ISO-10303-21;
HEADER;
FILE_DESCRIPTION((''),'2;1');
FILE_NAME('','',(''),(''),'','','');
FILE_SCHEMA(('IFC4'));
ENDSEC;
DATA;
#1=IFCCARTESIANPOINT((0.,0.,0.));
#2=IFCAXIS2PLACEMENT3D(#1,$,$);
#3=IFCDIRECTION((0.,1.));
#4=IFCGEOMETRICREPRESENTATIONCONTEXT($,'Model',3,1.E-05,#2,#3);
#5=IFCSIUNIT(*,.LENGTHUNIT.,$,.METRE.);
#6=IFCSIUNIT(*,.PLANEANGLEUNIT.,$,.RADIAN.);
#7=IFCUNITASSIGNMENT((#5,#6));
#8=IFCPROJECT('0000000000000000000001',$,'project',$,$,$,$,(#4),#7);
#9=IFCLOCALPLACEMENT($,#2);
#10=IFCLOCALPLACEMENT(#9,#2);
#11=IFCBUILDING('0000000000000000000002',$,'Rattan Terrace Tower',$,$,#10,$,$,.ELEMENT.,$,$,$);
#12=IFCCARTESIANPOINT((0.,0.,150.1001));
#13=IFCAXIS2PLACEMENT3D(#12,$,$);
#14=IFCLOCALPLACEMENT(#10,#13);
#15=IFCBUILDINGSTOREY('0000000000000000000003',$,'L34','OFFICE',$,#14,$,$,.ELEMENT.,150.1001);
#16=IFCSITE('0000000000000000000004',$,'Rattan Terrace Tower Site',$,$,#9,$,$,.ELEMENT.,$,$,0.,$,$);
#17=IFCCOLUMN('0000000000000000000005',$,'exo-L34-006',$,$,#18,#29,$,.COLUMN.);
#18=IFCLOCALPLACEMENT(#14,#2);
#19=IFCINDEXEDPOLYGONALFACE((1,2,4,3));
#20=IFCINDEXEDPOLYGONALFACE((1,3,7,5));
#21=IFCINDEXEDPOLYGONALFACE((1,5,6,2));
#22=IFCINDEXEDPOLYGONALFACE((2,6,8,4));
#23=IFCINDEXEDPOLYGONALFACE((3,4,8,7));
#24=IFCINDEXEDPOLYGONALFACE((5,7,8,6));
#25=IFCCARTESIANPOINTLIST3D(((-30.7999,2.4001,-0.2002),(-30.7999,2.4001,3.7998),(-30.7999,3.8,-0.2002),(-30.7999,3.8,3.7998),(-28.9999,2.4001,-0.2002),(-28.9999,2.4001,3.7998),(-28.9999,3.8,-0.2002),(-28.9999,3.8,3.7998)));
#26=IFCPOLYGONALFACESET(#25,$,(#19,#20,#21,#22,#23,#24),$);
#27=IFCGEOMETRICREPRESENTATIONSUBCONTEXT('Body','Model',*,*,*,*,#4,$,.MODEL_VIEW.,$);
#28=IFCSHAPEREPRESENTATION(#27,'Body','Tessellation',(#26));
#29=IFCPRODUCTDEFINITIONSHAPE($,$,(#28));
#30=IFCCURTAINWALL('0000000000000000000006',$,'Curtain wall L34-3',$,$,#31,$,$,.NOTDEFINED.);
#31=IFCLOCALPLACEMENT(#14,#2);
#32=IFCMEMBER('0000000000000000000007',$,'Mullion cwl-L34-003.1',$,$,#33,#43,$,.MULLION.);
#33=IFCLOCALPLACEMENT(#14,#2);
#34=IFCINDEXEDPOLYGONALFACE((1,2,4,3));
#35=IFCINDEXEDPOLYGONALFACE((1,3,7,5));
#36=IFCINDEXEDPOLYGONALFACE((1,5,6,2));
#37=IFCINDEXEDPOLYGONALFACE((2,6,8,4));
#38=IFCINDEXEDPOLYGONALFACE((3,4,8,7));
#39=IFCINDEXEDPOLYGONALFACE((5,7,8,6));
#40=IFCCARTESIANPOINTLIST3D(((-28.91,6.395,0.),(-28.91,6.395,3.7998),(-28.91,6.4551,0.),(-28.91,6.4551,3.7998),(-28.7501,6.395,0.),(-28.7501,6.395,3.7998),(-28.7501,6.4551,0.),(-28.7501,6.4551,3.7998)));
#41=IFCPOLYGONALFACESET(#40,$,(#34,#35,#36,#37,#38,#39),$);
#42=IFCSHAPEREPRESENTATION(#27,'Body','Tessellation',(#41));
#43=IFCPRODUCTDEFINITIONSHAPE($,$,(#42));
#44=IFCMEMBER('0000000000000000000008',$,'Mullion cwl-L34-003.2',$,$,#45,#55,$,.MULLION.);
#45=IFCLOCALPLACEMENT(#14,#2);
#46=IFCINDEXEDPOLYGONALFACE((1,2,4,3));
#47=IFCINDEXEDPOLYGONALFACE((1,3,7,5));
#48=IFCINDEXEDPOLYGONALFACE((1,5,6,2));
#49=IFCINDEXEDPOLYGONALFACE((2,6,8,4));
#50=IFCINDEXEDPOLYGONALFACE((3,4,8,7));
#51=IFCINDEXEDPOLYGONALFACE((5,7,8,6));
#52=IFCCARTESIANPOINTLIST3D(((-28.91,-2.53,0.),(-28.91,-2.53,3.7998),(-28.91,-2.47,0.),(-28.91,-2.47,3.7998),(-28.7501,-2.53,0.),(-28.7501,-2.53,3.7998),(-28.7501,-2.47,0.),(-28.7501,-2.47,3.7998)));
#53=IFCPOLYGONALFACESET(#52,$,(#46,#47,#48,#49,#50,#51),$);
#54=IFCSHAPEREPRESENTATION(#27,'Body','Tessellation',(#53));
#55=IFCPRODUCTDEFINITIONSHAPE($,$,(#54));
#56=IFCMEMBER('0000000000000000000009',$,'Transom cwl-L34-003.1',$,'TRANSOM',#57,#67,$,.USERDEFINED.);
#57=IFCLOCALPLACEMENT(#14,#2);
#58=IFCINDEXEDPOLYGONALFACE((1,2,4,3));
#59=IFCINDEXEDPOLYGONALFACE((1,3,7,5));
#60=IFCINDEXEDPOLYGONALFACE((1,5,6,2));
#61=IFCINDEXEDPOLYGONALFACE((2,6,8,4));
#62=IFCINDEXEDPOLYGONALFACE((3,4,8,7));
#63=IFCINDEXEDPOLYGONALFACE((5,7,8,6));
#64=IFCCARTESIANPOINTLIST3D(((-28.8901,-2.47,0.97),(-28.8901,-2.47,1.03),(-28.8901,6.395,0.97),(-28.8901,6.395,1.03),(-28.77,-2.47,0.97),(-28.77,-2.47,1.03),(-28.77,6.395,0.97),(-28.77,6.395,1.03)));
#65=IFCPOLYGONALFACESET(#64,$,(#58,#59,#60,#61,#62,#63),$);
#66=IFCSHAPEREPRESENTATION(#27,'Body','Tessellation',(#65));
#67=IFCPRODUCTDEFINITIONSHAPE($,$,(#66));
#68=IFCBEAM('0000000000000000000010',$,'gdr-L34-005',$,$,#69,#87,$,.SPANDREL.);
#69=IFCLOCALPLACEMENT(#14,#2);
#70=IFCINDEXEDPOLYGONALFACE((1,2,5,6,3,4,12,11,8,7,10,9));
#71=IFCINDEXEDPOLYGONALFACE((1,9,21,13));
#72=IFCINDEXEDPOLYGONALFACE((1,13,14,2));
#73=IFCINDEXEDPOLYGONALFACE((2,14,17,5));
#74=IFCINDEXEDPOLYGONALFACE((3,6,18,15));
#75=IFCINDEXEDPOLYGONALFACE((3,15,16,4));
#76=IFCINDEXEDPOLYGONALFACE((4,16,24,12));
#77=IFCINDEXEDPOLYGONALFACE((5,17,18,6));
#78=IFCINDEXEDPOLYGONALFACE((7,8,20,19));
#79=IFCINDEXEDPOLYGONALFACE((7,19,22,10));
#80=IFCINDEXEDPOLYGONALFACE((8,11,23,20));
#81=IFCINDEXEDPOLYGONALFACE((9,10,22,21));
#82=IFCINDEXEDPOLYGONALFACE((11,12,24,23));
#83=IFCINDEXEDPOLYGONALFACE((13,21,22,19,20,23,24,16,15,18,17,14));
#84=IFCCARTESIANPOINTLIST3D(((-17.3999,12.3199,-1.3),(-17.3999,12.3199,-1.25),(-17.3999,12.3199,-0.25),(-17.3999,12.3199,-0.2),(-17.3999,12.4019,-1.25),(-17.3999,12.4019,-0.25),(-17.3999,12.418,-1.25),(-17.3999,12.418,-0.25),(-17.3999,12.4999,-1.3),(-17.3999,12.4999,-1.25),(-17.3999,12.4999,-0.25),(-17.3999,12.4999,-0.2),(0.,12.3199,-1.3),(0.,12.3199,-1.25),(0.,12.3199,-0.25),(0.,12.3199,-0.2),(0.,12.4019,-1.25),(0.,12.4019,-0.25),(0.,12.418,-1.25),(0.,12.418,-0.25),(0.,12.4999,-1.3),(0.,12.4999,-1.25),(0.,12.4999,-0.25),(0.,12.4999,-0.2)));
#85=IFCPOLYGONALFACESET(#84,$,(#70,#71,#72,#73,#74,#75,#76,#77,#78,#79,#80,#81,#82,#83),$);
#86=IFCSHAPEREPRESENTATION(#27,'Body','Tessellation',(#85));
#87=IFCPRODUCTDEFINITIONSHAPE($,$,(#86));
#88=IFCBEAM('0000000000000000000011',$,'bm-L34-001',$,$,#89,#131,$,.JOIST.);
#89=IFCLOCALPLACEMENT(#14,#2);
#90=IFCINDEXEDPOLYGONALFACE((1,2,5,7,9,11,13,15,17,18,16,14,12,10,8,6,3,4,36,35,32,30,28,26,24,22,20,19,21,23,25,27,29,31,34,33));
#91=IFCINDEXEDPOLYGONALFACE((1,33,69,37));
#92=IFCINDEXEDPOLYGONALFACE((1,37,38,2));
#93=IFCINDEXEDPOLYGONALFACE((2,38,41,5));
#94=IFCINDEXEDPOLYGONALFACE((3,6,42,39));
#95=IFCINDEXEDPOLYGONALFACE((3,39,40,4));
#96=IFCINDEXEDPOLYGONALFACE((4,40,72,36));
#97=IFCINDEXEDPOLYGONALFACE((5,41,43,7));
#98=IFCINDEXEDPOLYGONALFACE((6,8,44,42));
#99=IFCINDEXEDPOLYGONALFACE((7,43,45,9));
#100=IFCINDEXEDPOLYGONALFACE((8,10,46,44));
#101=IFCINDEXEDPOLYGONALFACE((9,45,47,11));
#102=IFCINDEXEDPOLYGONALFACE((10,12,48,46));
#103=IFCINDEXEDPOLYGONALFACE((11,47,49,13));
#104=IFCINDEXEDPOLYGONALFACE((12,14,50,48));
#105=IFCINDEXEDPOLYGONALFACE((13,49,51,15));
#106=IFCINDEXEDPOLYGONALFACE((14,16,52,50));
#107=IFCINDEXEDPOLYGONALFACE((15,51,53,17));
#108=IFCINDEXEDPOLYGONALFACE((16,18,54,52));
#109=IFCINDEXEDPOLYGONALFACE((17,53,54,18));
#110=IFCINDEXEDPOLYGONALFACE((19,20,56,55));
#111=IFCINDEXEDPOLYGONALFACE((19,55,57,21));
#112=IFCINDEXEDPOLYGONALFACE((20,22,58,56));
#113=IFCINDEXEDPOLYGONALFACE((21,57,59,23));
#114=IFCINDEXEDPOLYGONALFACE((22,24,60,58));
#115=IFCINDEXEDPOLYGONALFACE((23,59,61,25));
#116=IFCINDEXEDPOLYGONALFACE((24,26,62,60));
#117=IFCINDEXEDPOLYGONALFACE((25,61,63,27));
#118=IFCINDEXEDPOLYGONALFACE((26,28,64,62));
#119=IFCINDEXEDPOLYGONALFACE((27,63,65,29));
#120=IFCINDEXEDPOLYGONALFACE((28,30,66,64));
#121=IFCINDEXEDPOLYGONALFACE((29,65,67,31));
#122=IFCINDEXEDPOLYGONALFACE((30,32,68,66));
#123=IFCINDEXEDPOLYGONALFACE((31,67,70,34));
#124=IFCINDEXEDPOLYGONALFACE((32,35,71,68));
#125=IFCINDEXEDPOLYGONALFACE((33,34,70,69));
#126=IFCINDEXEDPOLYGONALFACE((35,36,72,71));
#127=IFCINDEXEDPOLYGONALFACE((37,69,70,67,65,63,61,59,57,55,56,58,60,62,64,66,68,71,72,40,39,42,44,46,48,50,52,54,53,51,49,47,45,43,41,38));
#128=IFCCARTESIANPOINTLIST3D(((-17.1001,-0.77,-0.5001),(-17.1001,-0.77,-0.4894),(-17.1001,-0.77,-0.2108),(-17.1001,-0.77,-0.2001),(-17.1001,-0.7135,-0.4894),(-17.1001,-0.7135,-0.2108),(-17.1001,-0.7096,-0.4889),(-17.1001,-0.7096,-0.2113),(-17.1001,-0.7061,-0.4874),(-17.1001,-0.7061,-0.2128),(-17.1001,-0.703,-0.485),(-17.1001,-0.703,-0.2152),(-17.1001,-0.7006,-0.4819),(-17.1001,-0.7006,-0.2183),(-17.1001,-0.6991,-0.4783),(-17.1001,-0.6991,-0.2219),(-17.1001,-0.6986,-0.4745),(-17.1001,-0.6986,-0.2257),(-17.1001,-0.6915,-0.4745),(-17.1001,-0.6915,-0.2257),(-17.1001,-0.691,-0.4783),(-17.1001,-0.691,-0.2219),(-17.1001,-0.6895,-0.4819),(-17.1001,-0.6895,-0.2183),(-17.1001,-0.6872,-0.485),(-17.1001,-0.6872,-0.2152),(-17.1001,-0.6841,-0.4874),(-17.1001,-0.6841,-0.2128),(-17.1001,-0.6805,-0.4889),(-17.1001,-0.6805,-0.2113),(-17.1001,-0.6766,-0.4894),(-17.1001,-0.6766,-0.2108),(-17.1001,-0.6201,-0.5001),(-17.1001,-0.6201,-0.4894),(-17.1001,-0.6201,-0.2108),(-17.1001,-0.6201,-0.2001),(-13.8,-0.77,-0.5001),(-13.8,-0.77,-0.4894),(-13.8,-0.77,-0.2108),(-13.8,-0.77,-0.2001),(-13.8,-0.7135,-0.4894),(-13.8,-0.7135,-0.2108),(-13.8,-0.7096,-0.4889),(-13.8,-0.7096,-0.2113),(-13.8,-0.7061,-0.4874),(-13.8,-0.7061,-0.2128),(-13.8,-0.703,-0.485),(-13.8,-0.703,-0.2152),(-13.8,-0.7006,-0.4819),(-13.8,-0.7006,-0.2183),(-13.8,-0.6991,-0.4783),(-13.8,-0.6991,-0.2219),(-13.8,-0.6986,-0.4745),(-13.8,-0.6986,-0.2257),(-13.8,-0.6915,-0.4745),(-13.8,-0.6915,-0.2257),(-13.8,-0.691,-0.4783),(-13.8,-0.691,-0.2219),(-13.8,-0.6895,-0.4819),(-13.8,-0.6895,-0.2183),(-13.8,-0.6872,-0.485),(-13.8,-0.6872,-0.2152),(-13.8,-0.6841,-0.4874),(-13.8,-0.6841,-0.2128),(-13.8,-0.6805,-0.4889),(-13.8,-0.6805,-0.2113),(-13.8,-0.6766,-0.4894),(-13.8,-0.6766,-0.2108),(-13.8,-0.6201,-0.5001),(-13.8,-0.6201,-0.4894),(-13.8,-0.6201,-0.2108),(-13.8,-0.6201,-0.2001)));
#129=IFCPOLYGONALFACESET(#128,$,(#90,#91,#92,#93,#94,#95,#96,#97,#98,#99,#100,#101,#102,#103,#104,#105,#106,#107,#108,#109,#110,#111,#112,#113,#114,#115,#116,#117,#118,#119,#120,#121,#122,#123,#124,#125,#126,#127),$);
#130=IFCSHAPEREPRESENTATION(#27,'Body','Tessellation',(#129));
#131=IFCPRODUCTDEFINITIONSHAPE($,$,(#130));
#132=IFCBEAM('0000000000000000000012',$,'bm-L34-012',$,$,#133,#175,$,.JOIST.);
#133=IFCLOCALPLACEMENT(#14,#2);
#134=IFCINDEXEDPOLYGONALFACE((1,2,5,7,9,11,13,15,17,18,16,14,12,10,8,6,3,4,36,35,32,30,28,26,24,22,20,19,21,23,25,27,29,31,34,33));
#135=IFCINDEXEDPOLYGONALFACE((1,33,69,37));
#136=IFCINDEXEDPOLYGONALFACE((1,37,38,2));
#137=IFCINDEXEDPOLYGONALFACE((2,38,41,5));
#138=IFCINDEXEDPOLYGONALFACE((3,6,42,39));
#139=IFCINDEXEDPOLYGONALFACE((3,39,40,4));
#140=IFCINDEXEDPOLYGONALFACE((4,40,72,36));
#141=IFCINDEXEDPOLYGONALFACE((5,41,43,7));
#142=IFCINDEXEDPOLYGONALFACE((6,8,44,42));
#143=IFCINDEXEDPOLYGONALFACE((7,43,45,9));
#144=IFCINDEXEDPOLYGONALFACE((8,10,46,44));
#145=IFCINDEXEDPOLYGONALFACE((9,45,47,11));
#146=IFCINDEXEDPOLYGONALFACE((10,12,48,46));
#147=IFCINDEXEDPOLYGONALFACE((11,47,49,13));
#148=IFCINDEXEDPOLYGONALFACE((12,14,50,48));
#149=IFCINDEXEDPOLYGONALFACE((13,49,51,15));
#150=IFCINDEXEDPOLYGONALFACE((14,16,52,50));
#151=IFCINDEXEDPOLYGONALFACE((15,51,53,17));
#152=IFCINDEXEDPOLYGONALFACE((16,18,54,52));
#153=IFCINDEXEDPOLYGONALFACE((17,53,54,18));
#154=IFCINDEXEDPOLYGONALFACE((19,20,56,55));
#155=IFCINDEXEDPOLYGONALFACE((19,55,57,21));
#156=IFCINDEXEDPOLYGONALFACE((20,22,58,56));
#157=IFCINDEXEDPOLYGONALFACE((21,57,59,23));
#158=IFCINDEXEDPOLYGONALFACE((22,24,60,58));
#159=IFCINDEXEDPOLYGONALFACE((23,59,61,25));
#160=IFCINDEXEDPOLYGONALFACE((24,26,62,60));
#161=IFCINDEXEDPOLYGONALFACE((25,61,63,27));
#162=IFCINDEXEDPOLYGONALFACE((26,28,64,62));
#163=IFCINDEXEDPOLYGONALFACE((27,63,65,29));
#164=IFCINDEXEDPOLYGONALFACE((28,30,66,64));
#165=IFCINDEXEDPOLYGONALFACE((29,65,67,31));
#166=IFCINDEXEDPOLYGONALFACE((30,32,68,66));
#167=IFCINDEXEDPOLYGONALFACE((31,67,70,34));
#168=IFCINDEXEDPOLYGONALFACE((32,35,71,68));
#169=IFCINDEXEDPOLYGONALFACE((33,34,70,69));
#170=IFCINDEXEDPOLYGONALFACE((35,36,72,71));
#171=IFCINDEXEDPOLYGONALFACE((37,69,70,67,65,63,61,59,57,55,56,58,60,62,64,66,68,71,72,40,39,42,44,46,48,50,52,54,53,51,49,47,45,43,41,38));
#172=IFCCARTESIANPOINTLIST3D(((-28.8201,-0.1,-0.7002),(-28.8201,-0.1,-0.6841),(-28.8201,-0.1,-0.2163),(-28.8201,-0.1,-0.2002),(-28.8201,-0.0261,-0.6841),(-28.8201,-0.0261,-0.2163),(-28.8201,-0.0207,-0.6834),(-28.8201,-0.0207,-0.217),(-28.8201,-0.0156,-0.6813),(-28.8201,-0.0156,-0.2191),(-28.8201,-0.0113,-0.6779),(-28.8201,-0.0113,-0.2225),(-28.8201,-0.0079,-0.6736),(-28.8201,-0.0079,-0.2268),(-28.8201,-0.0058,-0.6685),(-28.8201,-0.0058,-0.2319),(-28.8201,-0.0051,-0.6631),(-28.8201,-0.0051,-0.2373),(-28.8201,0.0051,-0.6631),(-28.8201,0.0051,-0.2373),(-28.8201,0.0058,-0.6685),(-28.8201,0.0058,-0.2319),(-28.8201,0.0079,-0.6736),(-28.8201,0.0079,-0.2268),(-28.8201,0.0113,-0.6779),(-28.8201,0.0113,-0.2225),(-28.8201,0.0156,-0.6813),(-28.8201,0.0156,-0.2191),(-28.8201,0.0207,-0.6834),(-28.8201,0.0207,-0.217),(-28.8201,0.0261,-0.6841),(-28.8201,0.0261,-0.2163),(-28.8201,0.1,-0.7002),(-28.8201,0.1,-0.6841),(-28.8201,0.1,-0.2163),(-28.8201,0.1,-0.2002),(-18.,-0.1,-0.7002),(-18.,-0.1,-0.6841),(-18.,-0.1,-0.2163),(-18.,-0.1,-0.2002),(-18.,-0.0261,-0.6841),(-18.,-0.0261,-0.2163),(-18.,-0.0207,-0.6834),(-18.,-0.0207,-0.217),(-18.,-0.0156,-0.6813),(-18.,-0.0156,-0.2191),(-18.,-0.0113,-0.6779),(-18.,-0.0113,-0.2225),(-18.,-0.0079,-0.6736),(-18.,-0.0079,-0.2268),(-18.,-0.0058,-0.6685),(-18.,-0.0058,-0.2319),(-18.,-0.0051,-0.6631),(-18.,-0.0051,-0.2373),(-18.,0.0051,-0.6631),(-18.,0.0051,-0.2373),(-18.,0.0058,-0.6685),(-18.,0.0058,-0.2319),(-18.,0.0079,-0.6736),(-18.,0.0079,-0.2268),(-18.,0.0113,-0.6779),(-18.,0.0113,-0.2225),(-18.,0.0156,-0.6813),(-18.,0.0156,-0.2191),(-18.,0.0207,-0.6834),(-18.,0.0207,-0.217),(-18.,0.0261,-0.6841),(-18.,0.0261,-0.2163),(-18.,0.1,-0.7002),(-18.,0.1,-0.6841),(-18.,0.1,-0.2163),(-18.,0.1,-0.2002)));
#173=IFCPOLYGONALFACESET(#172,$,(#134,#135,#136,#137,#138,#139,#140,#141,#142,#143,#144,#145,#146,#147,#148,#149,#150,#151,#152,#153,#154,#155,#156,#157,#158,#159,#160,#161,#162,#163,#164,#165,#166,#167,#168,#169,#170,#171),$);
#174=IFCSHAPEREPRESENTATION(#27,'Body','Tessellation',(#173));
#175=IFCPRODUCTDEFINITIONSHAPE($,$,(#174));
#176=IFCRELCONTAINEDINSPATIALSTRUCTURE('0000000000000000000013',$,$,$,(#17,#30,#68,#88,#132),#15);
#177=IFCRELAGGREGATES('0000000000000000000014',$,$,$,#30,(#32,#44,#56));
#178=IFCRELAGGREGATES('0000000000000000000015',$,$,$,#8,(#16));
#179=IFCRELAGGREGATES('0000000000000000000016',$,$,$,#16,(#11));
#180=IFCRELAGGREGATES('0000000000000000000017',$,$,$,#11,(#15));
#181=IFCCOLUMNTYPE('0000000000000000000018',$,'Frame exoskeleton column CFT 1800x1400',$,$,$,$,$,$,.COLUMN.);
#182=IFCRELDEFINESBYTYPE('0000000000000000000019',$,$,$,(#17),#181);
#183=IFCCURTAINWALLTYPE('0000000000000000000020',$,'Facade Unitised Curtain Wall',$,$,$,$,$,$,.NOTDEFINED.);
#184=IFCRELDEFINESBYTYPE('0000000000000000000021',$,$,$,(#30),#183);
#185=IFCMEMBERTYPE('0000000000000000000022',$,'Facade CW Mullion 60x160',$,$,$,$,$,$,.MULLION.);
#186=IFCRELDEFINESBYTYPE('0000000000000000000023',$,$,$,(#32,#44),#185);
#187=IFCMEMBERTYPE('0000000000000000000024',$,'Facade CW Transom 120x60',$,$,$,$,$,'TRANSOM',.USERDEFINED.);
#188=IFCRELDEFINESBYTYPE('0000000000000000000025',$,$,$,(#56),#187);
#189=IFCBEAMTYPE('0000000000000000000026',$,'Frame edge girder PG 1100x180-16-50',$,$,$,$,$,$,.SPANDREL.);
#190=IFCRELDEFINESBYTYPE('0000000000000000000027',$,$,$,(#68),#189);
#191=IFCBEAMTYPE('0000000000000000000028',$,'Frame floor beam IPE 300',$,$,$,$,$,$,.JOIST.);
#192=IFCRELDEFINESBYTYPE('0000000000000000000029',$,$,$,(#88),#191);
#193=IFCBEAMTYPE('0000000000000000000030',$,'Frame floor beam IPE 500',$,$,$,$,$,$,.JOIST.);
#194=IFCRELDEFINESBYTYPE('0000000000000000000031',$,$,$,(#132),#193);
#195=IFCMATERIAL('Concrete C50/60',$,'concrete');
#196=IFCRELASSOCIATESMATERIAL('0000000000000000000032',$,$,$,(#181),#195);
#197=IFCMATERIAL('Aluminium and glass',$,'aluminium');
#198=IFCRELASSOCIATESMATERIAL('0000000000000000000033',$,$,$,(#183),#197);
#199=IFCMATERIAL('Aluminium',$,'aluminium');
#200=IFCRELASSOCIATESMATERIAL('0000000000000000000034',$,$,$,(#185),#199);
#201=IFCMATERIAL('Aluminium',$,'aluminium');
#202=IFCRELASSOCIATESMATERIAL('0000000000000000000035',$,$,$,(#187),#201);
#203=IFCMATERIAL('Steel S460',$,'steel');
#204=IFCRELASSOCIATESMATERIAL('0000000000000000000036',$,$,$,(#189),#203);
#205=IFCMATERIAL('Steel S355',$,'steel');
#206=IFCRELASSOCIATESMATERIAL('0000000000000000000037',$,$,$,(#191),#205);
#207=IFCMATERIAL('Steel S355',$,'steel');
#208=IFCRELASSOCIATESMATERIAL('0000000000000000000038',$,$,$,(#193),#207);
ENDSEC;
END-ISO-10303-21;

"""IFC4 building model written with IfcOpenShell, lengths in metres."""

from ifc_helpers import new_model, si_unit, direction, frame, origin, origin_2d, place, context, subcontext, project, spatial, rectangle, i_section, extrude, material, material_profile, profile_set, type_object, element, aggregate, save


model = new_model("IFC4")

# Units and contexts
model_context = context("Model", 3, precision=1e-05, world=origin(), true_north=direction((0.0, 1.0)))
body_context = subcontext(model_context, "Body", "Model", "MODEL_VIEW")
ifc_project = project(units=[si_unit("LENGTHUNIT", "METRE"), si_unit("PLANEANGLEUNIT", "RADIAN")], contexts=[model_context])

# Site, building, storey
site_placement = place(None, origin())
site = spatial("IfcSite", under=ifc_project, at=site_placement, Name="Rattan Terrace Tower Site", CompositionType="ELEMENT", RefElevation=0.0)
building_placement = place(site_placement, origin())
building = spatial("IfcBuilding", under=site, at=building_placement, Name="Rattan Terrace Tower", CompositionType="ELEMENT")
storey_placement = place(building_placement, frame((0.0, 0.0, 150.1001)))
storey = spatial("IfcBuildingStorey", under=building, at=storey_placement, Name="L34", Description="OFFICE", CompositionType="ELEMENT", Elevation=150.1001)

# Column
ifc_material_1 = material(Name="Concrete C50/60", Category="concrete")
ifc_material_profile_1 = material_profile(ifc_material_1, rectangle(XDim=1.3999, YDim=1.8, at=origin_2d()), Name="CFT 1800x1400")
ifc_profile_set_1 = profile_set([ifc_material_profile_1], Name="Concrete C50/60")
column_type = type_object("IfcColumnType", Name="Frame exoskeleton column CFT 1800x1400", PredefinedType="COLUMN", material=ifc_profile_set_1)
column_placement = place(storey_placement, frame((-29.8999, 3.1001, -0.2002), z_axis=(0.0, 0.0, 1.0), x_axis=(0.0, 1.0, 0.0)))
element("IfcColumn", 1, at=column_placement, inside=storey, type_object=column_type, Name="exo-L34-006", PredefinedType="COLUMN", context=body_context, shape_type="SweptSolid", body=[
    extrude(rectangle(XDim=1.3999, YDim=1.8, at=origin_2d()), origin(), (0.0, 0.0, 1.0), 4.0),
])

# Curtain wall, members
ifc_material_2 = material(Name="Aluminium and glass", Category="aluminium")
curtain_wall_type = type_object("IfcCurtainWallType", Name="Facade Unitised Curtain Wall", PredefinedType="NOTDEFINED", material=ifc_material_2)
curtain_wall_1_placement = place(storey_placement, origin())
curtain_wall_1 = element("IfcCurtainWall", 2, at=curtain_wall_1_placement, inside=storey, type_object=curtain_wall_type, Name="Curtain wall L34-3", PredefinedType="NOTDEFINED")
ifc_material_3 = material(Name="Aluminium", Category="aluminium")
ifc_material_profile_2 = material_profile(ifc_material_3, rectangle(XDim=0.0601, YDim=0.1599, at=origin_2d()), Name="Aluminium 60x160")
ifc_profile_set_2 = profile_set([ifc_material_profile_2], Name="Aluminium")
member_type_1 = type_object("IfcMemberType", Name="Facade CW Mullion 60x160", PredefinedType="MULLION", material=ifc_profile_set_2)
member_1_placement = place(storey_placement, frame((-28.8301, 6.425, 0.0), z_axis=(0.0, 0.0, 1.0), x_axis=(0.0, -1.0, 0.0)))
member_1 = element("IfcMember", 3, at=member_1_placement, type_object=member_type_1, Name="Mullion cwl-L34-003.1", PredefinedType="MULLION", context=body_context, shape_type="SweptSolid", body=[
    extrude(rectangle(XDim=0.0601, YDim=0.1599, at=origin_2d()), origin(), (0.0, 0.0, 1.0), 3.7998),
])
member_2_placement = place(storey_placement, frame((-28.8301, -2.5, 0.0), z_axis=(0.0, 0.0, 1.0), x_axis=(0.0, -1.0, 0.0)))
member_2 = element("IfcMember", 4, at=member_2_placement, type_object=member_type_1, Name="Mullion cwl-L34-003.2", PredefinedType="MULLION", context=body_context, shape_type="SweptSolid", body=[
    extrude(rectangle(XDim=0.0601, YDim=0.1599, at=origin_2d()), origin(), (0.0, 0.0, 1.0), 3.7998),
])
ifc_material_4 = material(Name="Aluminium", Category="aluminium")
ifc_material_profile_3 = material_profile(ifc_material_4, rectangle(XDim=0.1201, YDim=0.0601, at=origin_2d()), Name="Aluminium 120x60")
ifc_profile_set_3 = profile_set([ifc_material_profile_3], Name="Aluminium")
member_type_2 = type_object("IfcMemberType", Name="Facade CW Transom 120x60", ElementType="TRANSOM", PredefinedType="USERDEFINED", material=ifc_profile_set_3)
member_3_placement = place(storey_placement, frame((-28.8301, 6.395, 1.0), z_axis=(0.0, -1.0, 0.0), x_axis=(1.0, 0.0, 0.0)))
member_3 = element("IfcMember", 5, at=member_3_placement, type_object=member_type_2, Name="Transom cwl-L34-003.1", ObjectType="TRANSOM", PredefinedType="USERDEFINED", context=body_context, shape_type="SweptSolid", body=[
    extrude(rectangle(XDim=0.1201, YDim=0.0601, at=origin_2d()), origin(), (0.0, 0.0, 1.0), 8.865),
])

# Beams
ifc_material_5 = material(Name="Steel S460", Category="steel")
ifc_material_profile_4 = material_profile(ifc_material_5, i_section(OverallWidth=0.1799, OverallDepth=1.1001, WebThickness=0.0161, FlangeThickness=0.05, at=origin_2d()), Name="PG 1100x180-16-50")
ifc_profile_set_4 = profile_set([ifc_material_profile_4], Name="Steel S460")
beam_type_1 = type_object("IfcBeamType", Name="Frame edge girder PG 1100x180-16-50", PredefinedType="SPANDREL", material=ifc_profile_set_4)
beam_1_placement = place(storey_placement, frame((-17.3999, 12.4099, -0.75), z_axis=(1.0, 0.0, 0.0), x_axis=(0.0, 1.0, 0.0)))
element("IfcBeam", 6, at=beam_1_placement, inside=storey, type_object=beam_type_1, Name="gdr-L34-005", PredefinedType="SPANDREL", context=body_context, shape_type="SweptSolid", body=[
    extrude(i_section(OverallWidth=0.1799, OverallDepth=1.1001, WebThickness=0.0161, FlangeThickness=0.05, at=origin_2d()), origin(), (0.0, 0.0, 1.0), 17.3999),
])
ifc_material_6 = material(Name="Steel S355", Category="steel")
ifc_material_profile_5 = material_profile(ifc_material_6, i_section(OverallWidth=0.1499, OverallDepth=0.3, WebThickness=0.0071, FlangeThickness=0.0107, FilletRadius=0.0149, at=origin_2d()), Name="IPE 300")
ifc_profile_set_5 = profile_set([ifc_material_profile_5], Name="Steel S355")
beam_type_2 = type_object("IfcBeamType", Name="Frame floor beam IPE 300", PredefinedType="JOIST", material=ifc_profile_set_5)
beam_2_placement = place(storey_placement, frame((-17.1001, -0.6951, -0.3501), z_axis=(1.0, 0.0, 0.0), x_axis=(0.0, 1.0, 0.0)))
element("IfcBeam", 7, at=beam_2_placement, inside=storey, type_object=beam_type_2, Name="bm-L34-001", PredefinedType="JOIST", context=body_context, shape_type="SweptSolid", body=[
    extrude(i_section(OverallWidth=0.1499, OverallDepth=0.3, WebThickness=0.0071, FlangeThickness=0.0107, FilletRadius=0.0149, at=origin_2d()), origin(), (0.0, 0.0, 1.0), 3.3),
])
ifc_material_7 = material(Name="Steel S355", Category="steel")
ifc_material_profile_6 = material_profile(ifc_material_7, i_section(OverallWidth=0.2, OverallDepth=0.5, WebThickness=0.0103, FlangeThickness=0.0161, FilletRadius=0.021, at=origin_2d()), Name="IPE 500")
ifc_profile_set_6 = profile_set([ifc_material_profile_6], Name="Steel S355")
beam_type_3 = type_object("IfcBeamType", Name="Frame floor beam IPE 500", PredefinedType="JOIST", material=ifc_profile_set_6)
for number, where, z_axis, x_axis, name in (
    (8, (-28.8201, 0.0, -0.4502), (1.0, 0.0, 0.0), (0.0, 1.0, 0.0), "bm-L34-012"),
):
    element("IfcBeam", number, at=place(storey_placement, frame(where, z_axis=z_axis, x_axis=x_axis)), inside=storey, type_object=beam_type_3, Name=name, PredefinedType="JOIST", context=body_context, shape_type="SweptSolid", body=[
        extrude(i_section(OverallWidth=0.2, OverallDepth=0.5, WebThickness=0.0103, FlangeThickness=0.0161, FilletRadius=0.021, at=origin_2d()), origin(), (0.0, 0.0, 1.0), 10.8201),
    ])

aggregate(curtain_wall_1, [member_1, member_2, member_3])

save(model, "model.ifc")
